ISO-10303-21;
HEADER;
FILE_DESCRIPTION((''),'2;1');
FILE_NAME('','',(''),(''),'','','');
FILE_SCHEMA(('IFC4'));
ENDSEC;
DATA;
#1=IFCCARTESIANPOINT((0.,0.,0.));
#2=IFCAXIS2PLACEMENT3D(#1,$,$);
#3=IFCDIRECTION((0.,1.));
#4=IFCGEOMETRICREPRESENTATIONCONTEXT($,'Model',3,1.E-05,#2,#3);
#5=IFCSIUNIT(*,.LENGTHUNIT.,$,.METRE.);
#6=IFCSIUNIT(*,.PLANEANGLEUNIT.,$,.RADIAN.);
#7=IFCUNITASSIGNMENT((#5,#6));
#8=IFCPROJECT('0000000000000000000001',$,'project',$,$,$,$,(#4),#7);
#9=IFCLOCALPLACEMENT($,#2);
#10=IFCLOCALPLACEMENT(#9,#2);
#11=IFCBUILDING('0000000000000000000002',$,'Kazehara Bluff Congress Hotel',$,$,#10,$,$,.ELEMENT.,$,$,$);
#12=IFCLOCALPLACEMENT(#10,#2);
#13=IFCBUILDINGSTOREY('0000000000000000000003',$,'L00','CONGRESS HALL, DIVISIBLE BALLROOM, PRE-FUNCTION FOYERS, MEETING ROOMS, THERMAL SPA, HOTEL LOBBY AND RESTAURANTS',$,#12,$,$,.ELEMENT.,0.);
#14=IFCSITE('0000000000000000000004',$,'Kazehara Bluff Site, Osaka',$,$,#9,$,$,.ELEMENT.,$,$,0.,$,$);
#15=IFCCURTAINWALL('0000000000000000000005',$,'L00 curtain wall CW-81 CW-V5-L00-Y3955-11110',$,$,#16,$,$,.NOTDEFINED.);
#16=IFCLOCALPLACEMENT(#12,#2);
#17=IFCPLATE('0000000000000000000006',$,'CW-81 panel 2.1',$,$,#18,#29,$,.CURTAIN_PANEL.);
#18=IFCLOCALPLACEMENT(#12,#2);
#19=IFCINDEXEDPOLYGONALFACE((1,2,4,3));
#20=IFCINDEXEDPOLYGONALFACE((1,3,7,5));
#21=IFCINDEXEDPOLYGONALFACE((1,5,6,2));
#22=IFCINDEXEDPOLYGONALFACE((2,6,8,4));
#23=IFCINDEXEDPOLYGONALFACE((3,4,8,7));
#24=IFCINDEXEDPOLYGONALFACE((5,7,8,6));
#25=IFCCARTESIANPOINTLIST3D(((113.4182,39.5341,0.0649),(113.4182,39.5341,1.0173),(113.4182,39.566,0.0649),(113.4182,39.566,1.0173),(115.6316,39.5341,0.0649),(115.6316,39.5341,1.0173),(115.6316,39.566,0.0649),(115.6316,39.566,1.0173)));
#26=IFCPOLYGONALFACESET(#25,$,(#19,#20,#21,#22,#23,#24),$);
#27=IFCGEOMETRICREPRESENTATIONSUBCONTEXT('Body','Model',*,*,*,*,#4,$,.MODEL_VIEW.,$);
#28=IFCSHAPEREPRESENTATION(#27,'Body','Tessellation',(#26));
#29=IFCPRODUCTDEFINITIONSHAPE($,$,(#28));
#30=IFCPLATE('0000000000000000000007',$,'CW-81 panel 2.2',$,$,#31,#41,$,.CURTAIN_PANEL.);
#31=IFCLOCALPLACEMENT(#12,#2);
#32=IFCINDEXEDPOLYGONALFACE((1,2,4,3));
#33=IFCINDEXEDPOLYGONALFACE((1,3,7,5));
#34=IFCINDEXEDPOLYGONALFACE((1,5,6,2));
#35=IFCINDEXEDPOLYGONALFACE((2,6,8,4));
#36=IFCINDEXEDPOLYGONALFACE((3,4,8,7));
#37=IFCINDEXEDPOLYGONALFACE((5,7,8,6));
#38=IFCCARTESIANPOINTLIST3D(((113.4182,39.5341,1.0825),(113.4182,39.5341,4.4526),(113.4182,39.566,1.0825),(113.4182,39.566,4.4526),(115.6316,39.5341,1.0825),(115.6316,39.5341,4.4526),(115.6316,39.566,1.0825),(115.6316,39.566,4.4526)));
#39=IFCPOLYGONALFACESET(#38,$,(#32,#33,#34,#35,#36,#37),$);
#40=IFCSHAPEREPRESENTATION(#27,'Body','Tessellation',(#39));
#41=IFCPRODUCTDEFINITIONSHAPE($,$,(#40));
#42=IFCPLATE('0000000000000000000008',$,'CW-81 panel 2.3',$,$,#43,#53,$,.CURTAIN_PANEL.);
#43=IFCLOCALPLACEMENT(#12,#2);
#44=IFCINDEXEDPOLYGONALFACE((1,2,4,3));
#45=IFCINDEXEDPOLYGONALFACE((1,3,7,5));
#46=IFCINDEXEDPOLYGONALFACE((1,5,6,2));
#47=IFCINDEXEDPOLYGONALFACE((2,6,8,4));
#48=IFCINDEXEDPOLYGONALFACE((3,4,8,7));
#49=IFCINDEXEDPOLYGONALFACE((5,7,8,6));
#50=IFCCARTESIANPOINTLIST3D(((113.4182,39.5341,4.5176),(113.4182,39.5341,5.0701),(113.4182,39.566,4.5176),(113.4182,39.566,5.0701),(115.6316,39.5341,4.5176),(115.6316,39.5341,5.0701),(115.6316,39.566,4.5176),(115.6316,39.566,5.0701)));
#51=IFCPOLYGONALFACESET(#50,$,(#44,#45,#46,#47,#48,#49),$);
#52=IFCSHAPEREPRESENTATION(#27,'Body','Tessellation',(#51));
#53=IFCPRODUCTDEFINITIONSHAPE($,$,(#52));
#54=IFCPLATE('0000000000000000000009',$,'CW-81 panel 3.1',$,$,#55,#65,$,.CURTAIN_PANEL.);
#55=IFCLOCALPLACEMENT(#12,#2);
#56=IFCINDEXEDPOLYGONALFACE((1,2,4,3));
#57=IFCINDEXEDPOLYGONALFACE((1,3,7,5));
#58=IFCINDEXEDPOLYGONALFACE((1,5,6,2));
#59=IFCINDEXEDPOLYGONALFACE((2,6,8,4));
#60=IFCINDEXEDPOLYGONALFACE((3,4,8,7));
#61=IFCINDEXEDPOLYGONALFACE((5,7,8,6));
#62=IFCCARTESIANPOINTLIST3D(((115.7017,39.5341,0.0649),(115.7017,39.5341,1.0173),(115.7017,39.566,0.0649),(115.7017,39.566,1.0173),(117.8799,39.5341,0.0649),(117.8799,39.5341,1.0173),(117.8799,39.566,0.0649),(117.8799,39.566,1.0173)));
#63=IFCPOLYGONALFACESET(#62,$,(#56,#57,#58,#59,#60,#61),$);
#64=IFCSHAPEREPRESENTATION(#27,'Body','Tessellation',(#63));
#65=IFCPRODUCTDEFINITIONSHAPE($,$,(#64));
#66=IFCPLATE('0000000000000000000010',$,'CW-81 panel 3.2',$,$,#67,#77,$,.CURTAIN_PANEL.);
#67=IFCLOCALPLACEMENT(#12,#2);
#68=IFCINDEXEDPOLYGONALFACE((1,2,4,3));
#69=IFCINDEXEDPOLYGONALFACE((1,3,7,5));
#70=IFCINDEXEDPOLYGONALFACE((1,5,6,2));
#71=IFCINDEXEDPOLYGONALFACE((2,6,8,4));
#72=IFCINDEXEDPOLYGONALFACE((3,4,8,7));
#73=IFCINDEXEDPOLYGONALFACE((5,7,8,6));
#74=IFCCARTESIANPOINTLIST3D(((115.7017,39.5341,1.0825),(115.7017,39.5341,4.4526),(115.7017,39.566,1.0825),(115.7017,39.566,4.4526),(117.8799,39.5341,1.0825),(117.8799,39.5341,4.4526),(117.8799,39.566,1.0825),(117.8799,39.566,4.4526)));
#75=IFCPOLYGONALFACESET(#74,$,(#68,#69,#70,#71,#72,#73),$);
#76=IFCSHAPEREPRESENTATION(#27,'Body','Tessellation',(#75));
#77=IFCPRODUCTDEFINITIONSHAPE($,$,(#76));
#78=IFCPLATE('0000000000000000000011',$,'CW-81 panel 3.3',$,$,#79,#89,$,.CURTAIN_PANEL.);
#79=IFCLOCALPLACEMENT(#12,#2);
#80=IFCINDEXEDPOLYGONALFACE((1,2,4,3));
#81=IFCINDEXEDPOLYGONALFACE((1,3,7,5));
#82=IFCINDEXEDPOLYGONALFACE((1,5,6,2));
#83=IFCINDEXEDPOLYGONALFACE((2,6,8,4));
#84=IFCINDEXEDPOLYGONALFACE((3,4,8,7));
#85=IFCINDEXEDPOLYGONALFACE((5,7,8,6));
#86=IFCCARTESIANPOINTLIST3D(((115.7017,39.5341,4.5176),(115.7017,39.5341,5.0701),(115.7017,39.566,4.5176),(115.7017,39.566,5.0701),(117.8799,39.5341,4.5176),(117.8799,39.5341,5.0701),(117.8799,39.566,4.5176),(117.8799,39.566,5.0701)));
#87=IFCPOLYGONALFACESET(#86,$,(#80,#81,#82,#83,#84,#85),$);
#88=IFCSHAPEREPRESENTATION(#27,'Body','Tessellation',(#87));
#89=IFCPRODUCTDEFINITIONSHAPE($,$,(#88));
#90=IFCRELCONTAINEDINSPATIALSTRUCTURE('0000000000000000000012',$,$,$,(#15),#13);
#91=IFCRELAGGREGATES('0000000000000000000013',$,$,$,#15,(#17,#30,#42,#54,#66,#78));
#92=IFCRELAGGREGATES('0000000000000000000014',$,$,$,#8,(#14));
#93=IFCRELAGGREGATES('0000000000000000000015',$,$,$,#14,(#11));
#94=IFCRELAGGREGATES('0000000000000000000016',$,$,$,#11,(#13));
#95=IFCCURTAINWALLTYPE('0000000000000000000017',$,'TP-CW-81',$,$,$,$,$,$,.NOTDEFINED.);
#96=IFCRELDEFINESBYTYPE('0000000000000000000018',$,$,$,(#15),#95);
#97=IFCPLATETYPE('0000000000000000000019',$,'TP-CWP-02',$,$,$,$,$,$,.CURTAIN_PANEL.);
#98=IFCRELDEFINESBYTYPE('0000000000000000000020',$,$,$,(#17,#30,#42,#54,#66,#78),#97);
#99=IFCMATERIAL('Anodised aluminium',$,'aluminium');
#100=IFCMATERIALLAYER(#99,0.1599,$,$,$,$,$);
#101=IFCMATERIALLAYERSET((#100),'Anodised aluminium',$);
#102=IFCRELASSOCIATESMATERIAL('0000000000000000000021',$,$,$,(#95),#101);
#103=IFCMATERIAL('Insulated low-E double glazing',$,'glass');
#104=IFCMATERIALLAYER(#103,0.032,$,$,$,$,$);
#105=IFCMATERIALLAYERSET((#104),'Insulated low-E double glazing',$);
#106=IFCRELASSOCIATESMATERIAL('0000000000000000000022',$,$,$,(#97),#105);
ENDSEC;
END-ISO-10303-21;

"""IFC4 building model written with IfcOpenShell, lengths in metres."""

from ifc_helpers import new_model, si_unit, direction, frame, origin, origin_2d, place, context, subcontext, project, spatial, rectangle, extrude, material, layer, layer_set, type_object, element, aggregate, save


model = new_model("IFC4")

# Units and contexts
model_context = context("Model", 3, precision=1e-05, world=origin(), true_north=direction((0.0, 1.0)))
body_context = subcontext(model_context, "Body", "Model", "MODEL_VIEW")
ifc_project = project(units=[si_unit("LENGTHUNIT", "METRE"), si_unit("PLANEANGLEUNIT", "RADIAN")], contexts=[model_context])

# Site, building, storey
site_placement = place(None, origin())
site = spatial("IfcSite", under=ifc_project, at=site_placement, Name="Kazehara Bluff Site, Osaka", CompositionType="ELEMENT", RefElevation=0.0)
building_placement = place(site_placement, origin())
building = spatial("IfcBuilding", under=site, at=building_placement, Name="Kazehara Bluff Congress Hotel", CompositionType="ELEMENT")
storey_placement = place(building_placement, origin())
storey = spatial("IfcBuildingStorey", under=building, at=storey_placement, Name="L00", Description="CONGRESS HALL, DIVISIBLE BALLROOM, PRE-FUNCTION FOYERS, MEETING ROOMS, THERMAL SPA, HOTEL LOBBY AND RESTAURANTS", CompositionType="ELEMENT", Elevation=0.0)

# Curtain wall
ifc_material_1 = material(Name="Anodised aluminium", Category="aluminium")
ifc_layer_1 = layer(ifc_material_1, 0.1599)
ifc_layer_set_1 = layer_set([ifc_layer_1], Name="Anodised aluminium")
curtain_wall_type_1 = type_object("IfcCurtainWallType", Name="TP-CW-81", PredefinedType="NOTDEFINED", material=ifc_layer_set_1)
curtain_wall_1_placement = place(storey_placement, origin())
curtain_wall_1 = element("IfcCurtainWall", 1, at=curtain_wall_1_placement, inside=storey, type_object=curtain_wall_type_1, Name="L00 curtain wall CW-81 CW-V5-L00-Y3955-11110", PredefinedType="NOTDEFINED")

# Plates
ifc_material_2 = material(Name="Insulated low-E double glazing", Category="glass")
ifc_layer_2 = layer(ifc_material_2, 0.032)
ifc_layer_set_2 = layer_set([ifc_layer_2], Name="Insulated low-E double glazing")
plate_type = type_object("IfcPlateType", Name="TP-CWP-02", PredefinedType="CURTAIN_PANEL", material=ifc_layer_set_2)
plate_1_placement = place(storey_placement, frame((114.5249, 39.55, 0.0649), z_axis=(0.0, 0.0, 1.0), x_axis=(1.0, 0.0, 0.0)))
plate_1 = element("IfcPlate", 2, at=plate_1_placement, type_object=plate_type, Name="CW-81 panel 2.1", PredefinedType="CURTAIN_PANEL", context=body_context, shape_type="SweptSolid", body=[
    extrude(rectangle(XDim=2.2134, YDim=0.032, at=origin_2d()), origin(), (0.0, 0.0, 1.0), 0.9524),
])
plate_2_placement = place(storey_placement, frame((114.5249, 39.55, 1.0825), z_axis=(0.0, 0.0, 1.0), x_axis=(1.0, 0.0, 0.0)))
plate_2 = element("IfcPlate", 3, at=plate_2_placement, type_object=plate_type, Name="CW-81 panel 2.2", PredefinedType="CURTAIN_PANEL", context=body_context, shape_type="SweptSolid", body=[
    extrude(rectangle(XDim=2.2134, YDim=0.032, at=origin_2d()), origin(), (0.0, 0.0, 1.0), 3.3701),
])
plate_3_placement = place(storey_placement, frame((114.5249, 39.55, 4.5176), z_axis=(0.0, 0.0, 1.0), x_axis=(1.0, 0.0, 0.0)))
plate_3 = element("IfcPlate", 4, at=plate_3_placement, type_object=plate_type, Name="CW-81 panel 2.3", PredefinedType="CURTAIN_PANEL", context=body_context, shape_type="SweptSolid", body=[
    extrude(rectangle(XDim=2.2134, YDim=0.032, at=origin_2d()), origin(), (0.0, 0.0, 1.0), 0.5525),
])
plate_4_placement = place(storey_placement, frame((116.7908, 39.55, 0.0649), z_axis=(0.0, 0.0, 1.0), x_axis=(1.0, 0.0, 0.0)))
plate_4 = element("IfcPlate", 5, at=plate_4_placement, type_object=plate_type, Name="CW-81 panel 3.1", PredefinedType="CURTAIN_PANEL", context=body_context, shape_type="SweptSolid", body=[
    extrude(rectangle(XDim=2.1782, YDim=0.032, at=origin_2d()), origin(), (0.0, 0.0, 1.0), 0.9524),
])
plate_5_placement = place(storey_placement, frame((116.7908, 39.55, 1.0825), z_axis=(0.0, 0.0, 1.0), x_axis=(1.0, 0.0, 0.0)))
plate_5 = element("IfcPlate", 6, at=plate_5_placement, type_object=plate_type, Name="CW-81 panel 3.2", PredefinedType="CURTAIN_PANEL", context=body_context, shape_type="SweptSolid", body=[
    extrude(rectangle(XDim=2.1782, YDim=0.032, at=origin_2d()), origin(), (0.0, 0.0, 1.0), 3.3701),
])
plate_6_placement = place(storey_placement, frame((116.7908, 39.55, 4.5176), z_axis=(0.0, 0.0, 1.0), x_axis=(1.0, 0.0, 0.0)))
plate_6 = element("IfcPlate", 7, at=plate_6_placement, type_object=plate_type, Name="CW-81 panel 3.3", PredefinedType="CURTAIN_PANEL", context=body_context, shape_type="SweptSolid", body=[
    extrude(rectangle(XDim=2.1782, YDim=0.032, at=origin_2d()), origin(), (0.0, 0.0, 1.0), 0.5525),
])
aggregate(curtain_wall_1, [plate_1, plate_2, plate_3, plate_4, plate_5, plate_6])

save(model, "model.ifc")
